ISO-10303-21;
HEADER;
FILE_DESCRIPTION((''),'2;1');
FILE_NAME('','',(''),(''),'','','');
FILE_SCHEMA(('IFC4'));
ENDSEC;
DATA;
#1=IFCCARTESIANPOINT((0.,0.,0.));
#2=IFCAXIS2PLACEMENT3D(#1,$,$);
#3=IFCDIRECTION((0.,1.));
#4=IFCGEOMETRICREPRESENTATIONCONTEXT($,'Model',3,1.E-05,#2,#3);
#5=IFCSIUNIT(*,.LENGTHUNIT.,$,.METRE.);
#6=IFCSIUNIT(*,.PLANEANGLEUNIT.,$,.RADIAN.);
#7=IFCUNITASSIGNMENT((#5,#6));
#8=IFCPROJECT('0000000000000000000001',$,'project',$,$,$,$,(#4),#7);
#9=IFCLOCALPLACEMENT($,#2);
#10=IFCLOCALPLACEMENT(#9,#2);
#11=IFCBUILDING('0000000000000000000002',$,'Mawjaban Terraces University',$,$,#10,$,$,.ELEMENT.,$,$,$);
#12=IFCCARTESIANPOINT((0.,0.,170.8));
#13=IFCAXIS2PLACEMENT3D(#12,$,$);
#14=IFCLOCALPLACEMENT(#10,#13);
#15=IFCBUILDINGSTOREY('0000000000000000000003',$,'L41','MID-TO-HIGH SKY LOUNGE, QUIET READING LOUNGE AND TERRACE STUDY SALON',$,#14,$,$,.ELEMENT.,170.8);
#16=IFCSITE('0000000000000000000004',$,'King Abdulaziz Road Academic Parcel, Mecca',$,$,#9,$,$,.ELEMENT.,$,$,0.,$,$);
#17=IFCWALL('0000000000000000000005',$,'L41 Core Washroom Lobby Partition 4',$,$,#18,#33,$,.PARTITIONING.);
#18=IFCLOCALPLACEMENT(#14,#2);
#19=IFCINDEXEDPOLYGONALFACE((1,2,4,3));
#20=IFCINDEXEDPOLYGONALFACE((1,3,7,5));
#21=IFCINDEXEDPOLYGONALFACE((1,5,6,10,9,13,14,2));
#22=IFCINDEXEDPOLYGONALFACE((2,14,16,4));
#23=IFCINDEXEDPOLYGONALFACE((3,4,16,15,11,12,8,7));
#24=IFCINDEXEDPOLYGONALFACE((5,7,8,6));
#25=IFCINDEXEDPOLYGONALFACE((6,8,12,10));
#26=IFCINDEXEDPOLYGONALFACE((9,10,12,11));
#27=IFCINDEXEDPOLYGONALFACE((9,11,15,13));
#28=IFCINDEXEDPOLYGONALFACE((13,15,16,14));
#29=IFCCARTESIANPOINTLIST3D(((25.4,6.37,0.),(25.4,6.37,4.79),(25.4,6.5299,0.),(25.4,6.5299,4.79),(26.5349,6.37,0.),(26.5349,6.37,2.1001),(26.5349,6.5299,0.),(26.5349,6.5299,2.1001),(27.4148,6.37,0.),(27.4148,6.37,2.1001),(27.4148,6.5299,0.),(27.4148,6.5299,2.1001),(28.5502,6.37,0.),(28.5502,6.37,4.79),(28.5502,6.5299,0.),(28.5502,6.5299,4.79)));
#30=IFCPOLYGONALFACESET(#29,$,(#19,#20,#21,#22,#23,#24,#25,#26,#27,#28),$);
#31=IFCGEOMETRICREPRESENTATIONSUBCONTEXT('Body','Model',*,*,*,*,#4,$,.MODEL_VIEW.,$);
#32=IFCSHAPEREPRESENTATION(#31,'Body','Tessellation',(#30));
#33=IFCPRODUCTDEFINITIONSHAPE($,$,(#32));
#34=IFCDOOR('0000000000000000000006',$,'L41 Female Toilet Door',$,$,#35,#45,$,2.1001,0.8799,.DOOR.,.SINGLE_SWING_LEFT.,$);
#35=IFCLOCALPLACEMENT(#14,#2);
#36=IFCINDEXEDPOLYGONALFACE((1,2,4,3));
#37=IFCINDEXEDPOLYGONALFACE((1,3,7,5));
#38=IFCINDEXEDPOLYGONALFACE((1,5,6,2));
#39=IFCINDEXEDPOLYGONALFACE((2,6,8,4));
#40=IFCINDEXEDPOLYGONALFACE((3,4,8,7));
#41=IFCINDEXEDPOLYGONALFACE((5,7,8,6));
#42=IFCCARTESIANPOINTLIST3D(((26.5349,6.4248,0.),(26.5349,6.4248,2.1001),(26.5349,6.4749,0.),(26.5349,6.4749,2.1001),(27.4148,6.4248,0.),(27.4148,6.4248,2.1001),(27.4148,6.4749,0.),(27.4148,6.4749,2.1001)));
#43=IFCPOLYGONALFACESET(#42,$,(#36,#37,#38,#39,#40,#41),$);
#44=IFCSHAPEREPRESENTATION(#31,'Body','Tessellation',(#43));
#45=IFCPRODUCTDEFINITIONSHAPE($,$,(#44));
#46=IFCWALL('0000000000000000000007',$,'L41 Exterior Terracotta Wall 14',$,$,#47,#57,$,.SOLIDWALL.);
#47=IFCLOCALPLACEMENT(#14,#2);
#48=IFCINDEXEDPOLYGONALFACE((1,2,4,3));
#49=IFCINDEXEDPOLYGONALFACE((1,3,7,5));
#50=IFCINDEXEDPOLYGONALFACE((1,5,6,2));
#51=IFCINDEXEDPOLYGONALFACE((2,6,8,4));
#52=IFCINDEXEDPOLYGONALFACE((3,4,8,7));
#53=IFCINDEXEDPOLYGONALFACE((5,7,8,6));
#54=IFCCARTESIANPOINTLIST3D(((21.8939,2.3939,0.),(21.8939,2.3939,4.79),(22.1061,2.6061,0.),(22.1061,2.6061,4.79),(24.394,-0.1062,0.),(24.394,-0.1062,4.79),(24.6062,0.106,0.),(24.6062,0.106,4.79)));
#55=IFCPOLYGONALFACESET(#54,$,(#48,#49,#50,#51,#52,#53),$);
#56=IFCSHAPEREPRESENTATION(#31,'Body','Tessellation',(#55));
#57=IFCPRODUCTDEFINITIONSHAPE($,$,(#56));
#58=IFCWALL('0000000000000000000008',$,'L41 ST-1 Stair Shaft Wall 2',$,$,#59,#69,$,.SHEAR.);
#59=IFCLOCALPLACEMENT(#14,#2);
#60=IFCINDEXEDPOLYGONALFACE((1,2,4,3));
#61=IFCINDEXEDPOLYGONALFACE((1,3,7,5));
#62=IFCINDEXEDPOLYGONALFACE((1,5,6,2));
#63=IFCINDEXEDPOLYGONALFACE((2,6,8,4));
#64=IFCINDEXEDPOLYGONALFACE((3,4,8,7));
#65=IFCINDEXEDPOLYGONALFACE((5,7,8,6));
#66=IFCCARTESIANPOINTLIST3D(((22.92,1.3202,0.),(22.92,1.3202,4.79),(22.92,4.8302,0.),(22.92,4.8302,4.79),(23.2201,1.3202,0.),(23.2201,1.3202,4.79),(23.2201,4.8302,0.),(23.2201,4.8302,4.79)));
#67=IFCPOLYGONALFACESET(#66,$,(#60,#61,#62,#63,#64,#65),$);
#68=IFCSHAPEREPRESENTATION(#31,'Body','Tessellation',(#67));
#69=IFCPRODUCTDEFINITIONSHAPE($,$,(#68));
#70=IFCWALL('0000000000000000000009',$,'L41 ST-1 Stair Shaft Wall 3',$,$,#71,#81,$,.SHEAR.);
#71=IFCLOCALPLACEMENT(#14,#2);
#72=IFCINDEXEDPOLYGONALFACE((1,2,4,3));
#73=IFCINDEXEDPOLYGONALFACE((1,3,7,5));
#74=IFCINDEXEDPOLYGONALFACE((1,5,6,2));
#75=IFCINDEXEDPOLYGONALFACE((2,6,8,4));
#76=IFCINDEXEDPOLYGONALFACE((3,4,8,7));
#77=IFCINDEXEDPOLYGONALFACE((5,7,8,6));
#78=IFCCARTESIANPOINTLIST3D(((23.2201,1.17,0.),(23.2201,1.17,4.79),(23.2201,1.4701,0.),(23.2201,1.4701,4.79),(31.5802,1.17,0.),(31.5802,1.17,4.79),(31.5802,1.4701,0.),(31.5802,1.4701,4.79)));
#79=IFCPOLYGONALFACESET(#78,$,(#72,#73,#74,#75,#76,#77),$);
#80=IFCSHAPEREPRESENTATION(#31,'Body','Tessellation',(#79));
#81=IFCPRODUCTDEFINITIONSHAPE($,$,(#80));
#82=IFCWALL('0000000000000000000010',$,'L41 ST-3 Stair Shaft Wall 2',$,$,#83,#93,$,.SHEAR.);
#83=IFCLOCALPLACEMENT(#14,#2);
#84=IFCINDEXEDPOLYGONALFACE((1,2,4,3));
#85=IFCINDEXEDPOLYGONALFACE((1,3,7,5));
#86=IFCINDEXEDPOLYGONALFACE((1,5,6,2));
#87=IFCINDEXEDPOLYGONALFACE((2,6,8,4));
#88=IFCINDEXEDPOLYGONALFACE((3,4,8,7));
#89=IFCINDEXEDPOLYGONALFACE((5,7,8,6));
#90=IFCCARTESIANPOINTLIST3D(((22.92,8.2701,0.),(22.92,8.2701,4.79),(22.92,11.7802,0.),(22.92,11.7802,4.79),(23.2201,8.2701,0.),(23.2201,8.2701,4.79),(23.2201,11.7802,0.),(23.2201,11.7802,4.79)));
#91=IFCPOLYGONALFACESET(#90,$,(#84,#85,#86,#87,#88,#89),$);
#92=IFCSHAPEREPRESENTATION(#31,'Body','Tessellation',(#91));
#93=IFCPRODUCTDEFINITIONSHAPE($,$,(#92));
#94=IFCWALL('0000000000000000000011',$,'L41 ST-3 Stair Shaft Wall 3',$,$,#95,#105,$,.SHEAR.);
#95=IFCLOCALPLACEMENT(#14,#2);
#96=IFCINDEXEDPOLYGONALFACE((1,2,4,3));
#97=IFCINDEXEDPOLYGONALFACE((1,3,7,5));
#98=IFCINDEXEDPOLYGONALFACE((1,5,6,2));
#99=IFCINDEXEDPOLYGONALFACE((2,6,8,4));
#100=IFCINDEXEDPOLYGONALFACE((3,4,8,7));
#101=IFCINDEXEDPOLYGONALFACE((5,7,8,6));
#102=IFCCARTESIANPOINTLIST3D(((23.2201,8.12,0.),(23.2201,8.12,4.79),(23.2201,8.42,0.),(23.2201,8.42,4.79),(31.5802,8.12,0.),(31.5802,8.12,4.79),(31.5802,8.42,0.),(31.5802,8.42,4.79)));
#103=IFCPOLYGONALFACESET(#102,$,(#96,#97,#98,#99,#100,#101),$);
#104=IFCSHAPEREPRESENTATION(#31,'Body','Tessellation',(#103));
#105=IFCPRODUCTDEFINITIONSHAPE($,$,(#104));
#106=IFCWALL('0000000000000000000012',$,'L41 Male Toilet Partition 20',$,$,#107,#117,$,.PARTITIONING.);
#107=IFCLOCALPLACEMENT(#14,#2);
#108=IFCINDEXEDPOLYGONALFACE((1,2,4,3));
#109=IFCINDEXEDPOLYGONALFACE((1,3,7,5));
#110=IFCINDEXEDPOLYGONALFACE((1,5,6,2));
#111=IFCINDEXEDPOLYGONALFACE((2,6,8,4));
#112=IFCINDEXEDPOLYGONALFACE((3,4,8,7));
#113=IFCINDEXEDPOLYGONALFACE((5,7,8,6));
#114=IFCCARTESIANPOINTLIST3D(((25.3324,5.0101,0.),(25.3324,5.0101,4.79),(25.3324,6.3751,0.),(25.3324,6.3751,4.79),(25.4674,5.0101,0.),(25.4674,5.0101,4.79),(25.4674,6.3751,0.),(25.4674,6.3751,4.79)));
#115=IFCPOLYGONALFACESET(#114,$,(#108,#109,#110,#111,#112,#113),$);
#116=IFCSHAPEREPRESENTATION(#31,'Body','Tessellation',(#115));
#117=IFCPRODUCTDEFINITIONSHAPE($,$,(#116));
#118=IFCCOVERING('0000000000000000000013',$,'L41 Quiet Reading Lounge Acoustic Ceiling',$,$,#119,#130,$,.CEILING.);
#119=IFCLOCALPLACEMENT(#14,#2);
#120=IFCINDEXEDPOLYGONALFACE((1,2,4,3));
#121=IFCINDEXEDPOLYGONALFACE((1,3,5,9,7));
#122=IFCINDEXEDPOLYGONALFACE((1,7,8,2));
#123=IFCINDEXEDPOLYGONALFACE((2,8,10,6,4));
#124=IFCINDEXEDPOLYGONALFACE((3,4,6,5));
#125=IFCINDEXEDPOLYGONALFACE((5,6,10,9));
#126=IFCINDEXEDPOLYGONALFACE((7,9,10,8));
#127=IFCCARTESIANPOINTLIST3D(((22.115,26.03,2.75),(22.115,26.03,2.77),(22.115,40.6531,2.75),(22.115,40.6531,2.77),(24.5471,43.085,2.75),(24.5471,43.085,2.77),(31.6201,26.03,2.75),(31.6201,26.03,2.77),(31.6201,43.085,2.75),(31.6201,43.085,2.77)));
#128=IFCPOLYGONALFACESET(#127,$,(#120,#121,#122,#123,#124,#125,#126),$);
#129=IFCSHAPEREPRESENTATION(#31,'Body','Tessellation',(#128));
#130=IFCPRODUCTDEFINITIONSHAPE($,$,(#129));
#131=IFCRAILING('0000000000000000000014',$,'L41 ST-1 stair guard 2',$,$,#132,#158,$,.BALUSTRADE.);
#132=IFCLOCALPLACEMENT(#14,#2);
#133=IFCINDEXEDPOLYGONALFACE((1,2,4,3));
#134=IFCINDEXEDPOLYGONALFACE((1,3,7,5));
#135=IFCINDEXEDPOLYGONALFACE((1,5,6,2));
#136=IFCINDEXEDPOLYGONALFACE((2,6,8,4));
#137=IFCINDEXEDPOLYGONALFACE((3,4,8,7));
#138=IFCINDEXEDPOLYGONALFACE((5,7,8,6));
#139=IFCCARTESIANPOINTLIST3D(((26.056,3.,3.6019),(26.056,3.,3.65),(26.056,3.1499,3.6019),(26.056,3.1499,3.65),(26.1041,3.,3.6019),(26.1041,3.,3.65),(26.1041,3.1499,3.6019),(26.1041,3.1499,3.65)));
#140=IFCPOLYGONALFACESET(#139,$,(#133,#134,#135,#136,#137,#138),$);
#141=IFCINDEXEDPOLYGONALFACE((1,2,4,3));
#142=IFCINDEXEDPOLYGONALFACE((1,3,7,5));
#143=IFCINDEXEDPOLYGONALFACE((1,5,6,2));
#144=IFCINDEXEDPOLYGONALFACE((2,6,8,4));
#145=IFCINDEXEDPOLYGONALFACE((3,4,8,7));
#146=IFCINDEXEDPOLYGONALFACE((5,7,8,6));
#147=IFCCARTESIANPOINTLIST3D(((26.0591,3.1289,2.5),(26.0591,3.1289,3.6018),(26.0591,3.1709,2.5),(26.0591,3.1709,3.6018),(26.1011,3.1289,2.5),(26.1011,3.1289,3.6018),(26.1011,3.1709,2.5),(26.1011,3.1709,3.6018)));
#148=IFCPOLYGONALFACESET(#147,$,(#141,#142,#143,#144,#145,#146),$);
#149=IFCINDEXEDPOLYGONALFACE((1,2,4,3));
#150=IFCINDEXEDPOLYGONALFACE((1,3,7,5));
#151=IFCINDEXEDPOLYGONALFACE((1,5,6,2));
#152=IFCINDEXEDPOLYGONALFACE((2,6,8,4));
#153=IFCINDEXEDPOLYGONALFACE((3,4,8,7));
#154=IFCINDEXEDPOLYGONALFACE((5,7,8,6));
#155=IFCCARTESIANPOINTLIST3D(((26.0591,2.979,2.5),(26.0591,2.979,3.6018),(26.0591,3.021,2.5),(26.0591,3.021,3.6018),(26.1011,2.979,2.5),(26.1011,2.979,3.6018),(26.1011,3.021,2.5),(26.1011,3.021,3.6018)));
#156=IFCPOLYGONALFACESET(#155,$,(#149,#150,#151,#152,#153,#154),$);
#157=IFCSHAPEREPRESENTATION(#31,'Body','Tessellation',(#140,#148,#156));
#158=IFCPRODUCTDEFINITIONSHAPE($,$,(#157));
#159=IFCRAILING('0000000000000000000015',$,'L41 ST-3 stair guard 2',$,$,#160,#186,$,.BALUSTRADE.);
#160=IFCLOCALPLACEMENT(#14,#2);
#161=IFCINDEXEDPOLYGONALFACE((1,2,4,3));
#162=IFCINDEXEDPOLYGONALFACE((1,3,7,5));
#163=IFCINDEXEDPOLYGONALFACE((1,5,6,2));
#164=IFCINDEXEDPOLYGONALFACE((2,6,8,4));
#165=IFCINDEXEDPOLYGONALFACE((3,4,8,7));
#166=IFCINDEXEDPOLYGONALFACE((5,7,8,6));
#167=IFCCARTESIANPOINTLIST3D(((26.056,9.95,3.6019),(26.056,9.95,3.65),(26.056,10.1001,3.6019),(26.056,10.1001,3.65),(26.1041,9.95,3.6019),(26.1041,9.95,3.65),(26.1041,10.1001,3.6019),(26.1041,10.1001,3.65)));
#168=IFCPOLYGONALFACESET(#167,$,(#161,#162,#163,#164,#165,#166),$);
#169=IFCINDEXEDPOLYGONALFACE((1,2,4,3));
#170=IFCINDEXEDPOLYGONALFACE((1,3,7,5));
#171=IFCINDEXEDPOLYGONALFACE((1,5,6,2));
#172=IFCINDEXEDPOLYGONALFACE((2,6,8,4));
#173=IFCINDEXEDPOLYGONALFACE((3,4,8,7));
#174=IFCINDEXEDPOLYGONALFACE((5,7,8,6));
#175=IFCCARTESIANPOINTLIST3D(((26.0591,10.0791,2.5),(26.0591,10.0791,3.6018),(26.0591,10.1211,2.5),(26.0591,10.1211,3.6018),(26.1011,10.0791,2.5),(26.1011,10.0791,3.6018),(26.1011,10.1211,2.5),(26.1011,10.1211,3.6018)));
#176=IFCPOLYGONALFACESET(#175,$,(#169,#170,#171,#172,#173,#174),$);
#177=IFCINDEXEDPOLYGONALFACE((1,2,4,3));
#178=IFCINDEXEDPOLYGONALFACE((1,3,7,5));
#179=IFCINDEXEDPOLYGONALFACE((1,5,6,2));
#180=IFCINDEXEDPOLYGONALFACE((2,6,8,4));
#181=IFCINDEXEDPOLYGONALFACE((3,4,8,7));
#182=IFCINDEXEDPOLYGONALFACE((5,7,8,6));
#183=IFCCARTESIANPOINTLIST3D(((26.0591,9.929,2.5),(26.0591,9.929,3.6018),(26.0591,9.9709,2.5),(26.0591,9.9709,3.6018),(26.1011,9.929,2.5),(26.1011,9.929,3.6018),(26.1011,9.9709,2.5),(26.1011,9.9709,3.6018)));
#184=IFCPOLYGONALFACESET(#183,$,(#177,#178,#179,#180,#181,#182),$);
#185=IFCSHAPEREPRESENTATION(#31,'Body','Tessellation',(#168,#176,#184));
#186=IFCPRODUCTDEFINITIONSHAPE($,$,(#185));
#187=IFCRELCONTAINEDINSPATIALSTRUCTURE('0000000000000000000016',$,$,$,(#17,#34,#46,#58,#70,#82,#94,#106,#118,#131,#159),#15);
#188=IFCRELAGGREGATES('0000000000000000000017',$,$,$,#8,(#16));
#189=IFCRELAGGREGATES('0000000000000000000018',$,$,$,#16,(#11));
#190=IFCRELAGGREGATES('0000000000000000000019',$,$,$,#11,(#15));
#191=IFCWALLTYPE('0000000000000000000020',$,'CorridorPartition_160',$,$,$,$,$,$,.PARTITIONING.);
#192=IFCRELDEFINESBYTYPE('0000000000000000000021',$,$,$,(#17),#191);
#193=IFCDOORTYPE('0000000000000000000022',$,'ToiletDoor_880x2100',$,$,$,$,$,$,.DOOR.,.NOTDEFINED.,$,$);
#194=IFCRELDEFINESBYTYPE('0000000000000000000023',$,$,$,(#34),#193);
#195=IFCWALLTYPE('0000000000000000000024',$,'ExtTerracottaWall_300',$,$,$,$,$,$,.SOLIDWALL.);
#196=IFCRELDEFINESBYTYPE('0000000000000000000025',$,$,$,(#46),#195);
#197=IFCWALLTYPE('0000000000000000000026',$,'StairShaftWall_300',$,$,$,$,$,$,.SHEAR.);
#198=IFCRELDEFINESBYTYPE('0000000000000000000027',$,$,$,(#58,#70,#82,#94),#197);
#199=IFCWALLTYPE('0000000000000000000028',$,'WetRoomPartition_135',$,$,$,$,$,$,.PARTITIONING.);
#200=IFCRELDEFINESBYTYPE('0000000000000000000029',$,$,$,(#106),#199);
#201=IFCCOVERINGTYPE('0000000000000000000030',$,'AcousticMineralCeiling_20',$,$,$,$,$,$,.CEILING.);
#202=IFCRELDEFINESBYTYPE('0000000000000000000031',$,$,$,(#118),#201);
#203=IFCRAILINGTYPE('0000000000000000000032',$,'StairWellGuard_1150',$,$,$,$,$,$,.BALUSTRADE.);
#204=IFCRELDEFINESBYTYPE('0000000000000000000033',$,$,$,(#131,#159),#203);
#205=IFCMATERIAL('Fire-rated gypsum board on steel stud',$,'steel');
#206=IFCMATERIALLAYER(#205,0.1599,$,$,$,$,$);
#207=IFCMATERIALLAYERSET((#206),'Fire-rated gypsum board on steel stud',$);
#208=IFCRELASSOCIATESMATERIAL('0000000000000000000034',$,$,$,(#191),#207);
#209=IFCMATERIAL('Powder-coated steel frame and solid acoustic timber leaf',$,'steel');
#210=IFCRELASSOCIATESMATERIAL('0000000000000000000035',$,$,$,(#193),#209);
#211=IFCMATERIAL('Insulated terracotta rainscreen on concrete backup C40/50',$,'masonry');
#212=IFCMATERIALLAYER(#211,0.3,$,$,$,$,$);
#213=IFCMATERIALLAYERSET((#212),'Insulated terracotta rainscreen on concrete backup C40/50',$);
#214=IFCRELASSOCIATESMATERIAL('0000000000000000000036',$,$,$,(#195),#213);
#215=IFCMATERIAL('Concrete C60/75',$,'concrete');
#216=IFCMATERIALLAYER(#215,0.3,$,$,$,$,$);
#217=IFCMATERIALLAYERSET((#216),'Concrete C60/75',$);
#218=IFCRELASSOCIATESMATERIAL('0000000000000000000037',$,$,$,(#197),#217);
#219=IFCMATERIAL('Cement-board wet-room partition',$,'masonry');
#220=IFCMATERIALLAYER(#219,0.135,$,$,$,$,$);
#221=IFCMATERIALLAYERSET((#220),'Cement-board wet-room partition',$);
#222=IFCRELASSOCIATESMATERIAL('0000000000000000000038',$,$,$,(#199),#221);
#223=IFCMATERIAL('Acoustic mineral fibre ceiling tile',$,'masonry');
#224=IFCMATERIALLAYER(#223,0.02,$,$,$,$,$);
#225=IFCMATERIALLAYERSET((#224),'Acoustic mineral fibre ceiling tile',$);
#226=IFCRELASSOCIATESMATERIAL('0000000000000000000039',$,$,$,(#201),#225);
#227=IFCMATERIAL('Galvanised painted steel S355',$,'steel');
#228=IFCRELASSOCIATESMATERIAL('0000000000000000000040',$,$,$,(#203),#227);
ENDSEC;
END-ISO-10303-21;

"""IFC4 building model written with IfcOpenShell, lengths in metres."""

from ifc_helpers import new_model, si_unit, direction, frame, frame_2d, origin, origin_2d, place, context, subcontext, project, spatial, polyline, rectangle, outline, extrude, material, layer, layer_set, type_object, element, fill, save


model = new_model("IFC4")

# Units and contexts
model_context = context("Model", 3, precision=1e-05, world=origin(), true_north=direction((0.0, 1.0)))
body_context = subcontext(model_context, "Body", "Model", "MODEL_VIEW")
ifc_project = project(units=[si_unit("LENGTHUNIT", "METRE"), si_unit("PLANEANGLEUNIT", "RADIAN")], contexts=[model_context])

# Site, building, storey
site_placement = place(None, origin())
site = spatial("IfcSite", under=ifc_project, at=site_placement, Name="King Abdulaziz Road Academic Parcel, Mecca", CompositionType="ELEMENT", RefElevation=0.0)
building_placement = place(site_placement, origin())
building = spatial("IfcBuilding", under=site, at=building_placement, Name="Mawjaban Terraces University", CompositionType="ELEMENT")
storey_placement = place(building_placement, frame((0.0, 0.0, 170.8)))
storey = spatial("IfcBuildingStorey", under=building, at=storey_placement, Name="L41", Description="MID-TO-HIGH SKY LOUNGE, QUIET READING LOUNGE AND TERRACE STUDY SALON", CompositionType="ELEMENT", Elevation=170.8)

# Shared definitions
ifc_material_1 = material(Name="Concrete C60/75", Category="concrete")

# Wall, opening, door
ifc_material_2 = material(Name="Fire-rated gypsum board on steel stud", Category="steel")
ifc_layer_1 = layer(ifc_material_2, 0.1599)
ifc_layer_set_1 = layer_set([ifc_layer_1], Name="Fire-rated gypsum board on steel stud")
wall_type_1 = type_object("IfcWallType", Name="CorridorPartition_160", PredefinedType="PARTITIONING", material=ifc_layer_set_1)
ifc_material_3 = material(Name="Powder-coated steel frame and solid acoustic timber leaf", Category="steel")
door_type = type_object("IfcDoorType", Name="ToiletDoor_880x2100", OperationType="NOTDEFINED", PredefinedType="DOOR", material=ifc_material_3)
wall_1_placement = place(storey_placement, frame((25.3999, 6.45, 0.0), z_axis=(0.0, 0.0, 1.0), x_axis=(1.0, 0.0, 0.0)))
wall_1 = element("IfcWall", 1, at=wall_1_placement, inside=storey, type_object=wall_type_1, Name="L41 Core Washroom Lobby Partition 4", PredefinedType="PARTITIONING", context=body_context, shape_type="SweptSolid", body=[
    extrude(rectangle(XDim=3.1501, YDim=0.1599, at=frame_2d((1.5752, 0.0))), origin(), (0.0, 0.0, 1.0), 4.79),
])
opening_1_placement = place(wall_1_placement, frame((1.135, 0.0, 0.0)))
opening_1 = element("IfcOpeningElement", 2, at=opening_1_placement, cuts=wall_1, PredefinedType="OPENING", context=body_context, shape_type="SweptSolid", body=[
    extrude(rectangle(XDim=0.8799, YDim=2.1001, at=frame_2d((0.4399, 1.05))), frame((0.0, 0.0898, 0.0), z_axis=(0.0, -1.0, 0.0), x_axis=(1.0, 0.0, 0.0)), (0.0, 0.0, 1.0), 0.1799),
])
door_1_placement = place(opening_1_placement, origin())
door_1 = element("IfcDoor", 3, at=door_1_placement, inside=storey, type_object=door_type, Name="L41 Female Toilet Door", OperationType="SINGLE_SWING_LEFT", OverallHeight=2.1001, OverallWidth=0.8799, PredefinedType="DOOR", context=body_context, shape_type="SweptSolid", body=[
    extrude(rectangle(XDim=0.8799, YDim=2.1001, at=frame_2d((0.4399, 1.05))), frame((0.0, 0.0249, 0.0), z_axis=(0.0, -1.0, 0.0), x_axis=(1.0, 0.0, 0.0)), (0.0, 0.0, 1.0), 0.05),
])
fill(opening_1, door_1)

# Walls
ifc_material_4 = material(Name="Insulated terracotta rainscreen on concrete backup C40/50", Category="masonry")
ifc_layer_2 = layer(ifc_material_4, 0.3)
ifc_layer_set_2 = layer_set([ifc_layer_2], Name="Insulated terracotta rainscreen on concrete backup C40/50")
wall_type_2 = type_object("IfcWallType", Name="ExtTerracottaWall_300", PredefinedType="SOLIDWALL", material=ifc_layer_set_2)
wall_2_placement = place(storey_placement, frame((22.0, 2.5, 0.0), z_axis=(0.0, 0.0, 1.0), x_axis=(0.707107, -0.707107, 0.0)))
element("IfcWall", 4, at=wall_2_placement, inside=storey, type_object=wall_type_2, Name="L41 Exterior Terracotta Wall 14", PredefinedType="SOLIDWALL", context=body_context, shape_type="SweptSolid", body=[
    extrude(rectangle(XDim=3.5356, YDim=0.3, at=frame_2d((1.7678, 0.0))), origin(), (0.0, 0.0, 1.0), 4.79),
])
ifc_layer_3 = layer(ifc_material_1, 0.3)
ifc_layer_set_3 = layer_set([ifc_layer_3], Name="Concrete C60/75")
wall_type_3 = type_object("IfcWallType", Name="StairShaftWall_300", PredefinedType="SHEAR", material=ifc_layer_set_3)
wall_3_placement = place(storey_placement, frame((23.0701, 4.8301, 0.0), z_axis=(0.0, 0.0, 1.0), x_axis=(0.0, -1.0, 0.0)))
element("IfcWall", 5, at=wall_3_placement, inside=storey, type_object=wall_type_3, Name="L41 ST-1 Stair Shaft Wall 2", PredefinedType="SHEAR", context=body_context, shape_type="SweptSolid", body=[
    extrude(rectangle(XDim=3.51, YDim=0.3, at=frame_2d((1.7549, 0.0))), origin(), (0.0, 0.0, 1.0), 4.79),
])
wall_4_placement = place(storey_placement, frame((23.22, 1.3201, 0.0), z_axis=(0.0, 0.0, 1.0), x_axis=(1.0, 0.0, 0.0)))
element("IfcWall", 6, at=wall_4_placement, inside=storey, type_object=wall_type_3, Name="L41 ST-1 Stair Shaft Wall 3", PredefinedType="SHEAR", context=body_context, shape_type="SweptSolid", body=[
    extrude(rectangle(XDim=8.3601, YDim=0.3, at=frame_2d((4.1802, 0.0))), origin(), (0.0, 0.0, 1.0), 4.79),
])
wall_5_placement = place(storey_placement, frame((23.0701, 11.78, 0.0), z_axis=(0.0, 0.0, 1.0), x_axis=(0.0, -1.0, 0.0)))
element("IfcWall", 7, at=wall_5_placement, inside=storey, type_object=wall_type_3, Name="L41 ST-3 Stair Shaft Wall 2", PredefinedType="SHEAR", context=body_context, shape_type="SweptSolid", body=[
    extrude(rectangle(XDim=3.51, YDim=0.3, at=frame_2d((1.7549, 0.0))), origin(), (0.0, 0.0, 1.0), 4.79),
])
wall_6_placement = place(storey_placement, frame((23.22, 8.27, 0.0), z_axis=(0.0, 0.0, 1.0), x_axis=(1.0, 0.0, 0.0)))
element("IfcWall", 8, at=wall_6_placement, inside=storey, type_object=wall_type_3, Name="L41 ST-3 Stair Shaft Wall 3", PredefinedType="SHEAR", context=body_context, shape_type="SweptSolid", body=[
    extrude(rectangle(XDim=8.3601, YDim=0.3, at=frame_2d((4.1802, 0.0))), origin(), (0.0, 0.0, 1.0), 4.79),
])
ifc_material_5 = material(Name="Cement-board wet-room partition", Category="masonry")
ifc_layer_4 = layer(ifc_material_5, 0.135)
ifc_layer_set_4 = layer_set([ifc_layer_4], Name="Cement-board wet-room partition")
wall_type_4 = type_object("IfcWallType", Name="WetRoomPartition_135", PredefinedType="PARTITIONING", material=ifc_layer_set_4)
wall_7_placement = place(storey_placement, frame((25.3999, 5.01, 0.0), z_axis=(0.0, 0.0, 1.0), x_axis=(0.0, 1.0, 0.0)))
element("IfcWall", 9, at=wall_7_placement, inside=storey, type_object=wall_type_4, Name="L41 Male Toilet Partition 20", PredefinedType="PARTITIONING", context=body_context, shape_type="SweptSolid", body=[
    extrude(rectangle(XDim=1.365, YDim=0.135, at=frame_2d((0.6826, 0.0))), origin(), (0.0, 0.0, 1.0), 4.79),
])

# Covering
ifc_material_6 = material(Name="Acoustic mineral fibre ceiling tile", Category="masonry")
ifc_layer_5 = layer(ifc_material_6, 0.02)
ifc_layer_set_5 = layer_set([ifc_layer_5], Name="Acoustic mineral fibre ceiling tile")
covering_type_1 = type_object("IfcCoveringType", Name="AcousticMineralCeiling_20", PredefinedType="CEILING", material=ifc_layer_set_5)
covering_1_placement = place(storey_placement, frame((0.0, 0.0, 2.75)))
element("IfcCovering", 10, at=covering_1_placement, inside=storey, type_object=covering_type_1, Name="L41 Quiet Reading Lounge Acoustic Ceiling", PredefinedType="CEILING", context=body_context, shape_type="SweptSolid", body=[
    extrude(outline(polyline([(31.6201, 43.085), (24.5471, 43.085), (22.115, 40.6531), (22.115, 26.03), (31.6201, 26.03), (31.6201, 43.085)])), origin(), (0.0, 0.0, 1.0), 0.02),
])

# Railings
ifc_material_7 = material(Name="Galvanised painted steel S355", Category="steel")
railing_type = type_object("IfcRailingType", Name="StairWellGuard_1150", PredefinedType="BALUSTRADE", material=ifc_material_7)
railing_1_placement = place(storey_placement, frame((26.0801, 3.1499, 2.5)))
element("IfcRailing", 11, at=railing_1_placement, inside=storey, type_object=railing_type, Name="L41 ST-1 stair guard 2", PredefinedType="BALUSTRADE", context=body_context, shape_type="SweptSolid", body=[
    extrude(rectangle(XDim=0.0481, YDim=0.0481, at=origin_2d()), frame((0.0, 0.0, 1.126), z_axis=(0.0, -1.0, 0.0), x_axis=(1.0, 0.0, 0.0)), (0.0, 0.0, 1.0), 0.1499),
    extrude(rectangle(XDim=0.042, YDim=0.042, at=origin_2d()), origin(), (0.0, 0.0, 1.0), 1.1018),
    extrude(rectangle(XDim=0.042, YDim=0.042, at=origin_2d()), frame((0.0, -0.1499, 0.0)), (0.0, 0.0, 1.0), 1.1018),
])
railing_2_placement = place(storey_placement, frame((26.0801, 10.1001, 2.5)))
element("IfcRailing", 12, at=railing_2_placement, inside=storey, type_object=railing_type, Name="L41 ST-3 stair guard 2", PredefinedType="BALUSTRADE", context=body_context, shape_type="SweptSolid", body=[
    extrude(rectangle(XDim=0.0481, YDim=0.0481, at=origin_2d()), frame((0.0, 0.0, 1.126), z_axis=(0.0, -1.0, 0.0), x_axis=(1.0, 0.0, 0.0)), (0.0, 0.0, 1.0), 0.1501),
    extrude(rectangle(XDim=0.042, YDim=0.042, at=origin_2d()), origin(), (0.0, 0.0, 1.0), 1.1018),
    extrude(rectangle(XDim=0.042, YDim=0.042, at=origin_2d()), frame((0.0, -0.1501, 0.0)), (0.0, 0.0, 1.0), 1.1018),
])

save(model, "model.ifc")
